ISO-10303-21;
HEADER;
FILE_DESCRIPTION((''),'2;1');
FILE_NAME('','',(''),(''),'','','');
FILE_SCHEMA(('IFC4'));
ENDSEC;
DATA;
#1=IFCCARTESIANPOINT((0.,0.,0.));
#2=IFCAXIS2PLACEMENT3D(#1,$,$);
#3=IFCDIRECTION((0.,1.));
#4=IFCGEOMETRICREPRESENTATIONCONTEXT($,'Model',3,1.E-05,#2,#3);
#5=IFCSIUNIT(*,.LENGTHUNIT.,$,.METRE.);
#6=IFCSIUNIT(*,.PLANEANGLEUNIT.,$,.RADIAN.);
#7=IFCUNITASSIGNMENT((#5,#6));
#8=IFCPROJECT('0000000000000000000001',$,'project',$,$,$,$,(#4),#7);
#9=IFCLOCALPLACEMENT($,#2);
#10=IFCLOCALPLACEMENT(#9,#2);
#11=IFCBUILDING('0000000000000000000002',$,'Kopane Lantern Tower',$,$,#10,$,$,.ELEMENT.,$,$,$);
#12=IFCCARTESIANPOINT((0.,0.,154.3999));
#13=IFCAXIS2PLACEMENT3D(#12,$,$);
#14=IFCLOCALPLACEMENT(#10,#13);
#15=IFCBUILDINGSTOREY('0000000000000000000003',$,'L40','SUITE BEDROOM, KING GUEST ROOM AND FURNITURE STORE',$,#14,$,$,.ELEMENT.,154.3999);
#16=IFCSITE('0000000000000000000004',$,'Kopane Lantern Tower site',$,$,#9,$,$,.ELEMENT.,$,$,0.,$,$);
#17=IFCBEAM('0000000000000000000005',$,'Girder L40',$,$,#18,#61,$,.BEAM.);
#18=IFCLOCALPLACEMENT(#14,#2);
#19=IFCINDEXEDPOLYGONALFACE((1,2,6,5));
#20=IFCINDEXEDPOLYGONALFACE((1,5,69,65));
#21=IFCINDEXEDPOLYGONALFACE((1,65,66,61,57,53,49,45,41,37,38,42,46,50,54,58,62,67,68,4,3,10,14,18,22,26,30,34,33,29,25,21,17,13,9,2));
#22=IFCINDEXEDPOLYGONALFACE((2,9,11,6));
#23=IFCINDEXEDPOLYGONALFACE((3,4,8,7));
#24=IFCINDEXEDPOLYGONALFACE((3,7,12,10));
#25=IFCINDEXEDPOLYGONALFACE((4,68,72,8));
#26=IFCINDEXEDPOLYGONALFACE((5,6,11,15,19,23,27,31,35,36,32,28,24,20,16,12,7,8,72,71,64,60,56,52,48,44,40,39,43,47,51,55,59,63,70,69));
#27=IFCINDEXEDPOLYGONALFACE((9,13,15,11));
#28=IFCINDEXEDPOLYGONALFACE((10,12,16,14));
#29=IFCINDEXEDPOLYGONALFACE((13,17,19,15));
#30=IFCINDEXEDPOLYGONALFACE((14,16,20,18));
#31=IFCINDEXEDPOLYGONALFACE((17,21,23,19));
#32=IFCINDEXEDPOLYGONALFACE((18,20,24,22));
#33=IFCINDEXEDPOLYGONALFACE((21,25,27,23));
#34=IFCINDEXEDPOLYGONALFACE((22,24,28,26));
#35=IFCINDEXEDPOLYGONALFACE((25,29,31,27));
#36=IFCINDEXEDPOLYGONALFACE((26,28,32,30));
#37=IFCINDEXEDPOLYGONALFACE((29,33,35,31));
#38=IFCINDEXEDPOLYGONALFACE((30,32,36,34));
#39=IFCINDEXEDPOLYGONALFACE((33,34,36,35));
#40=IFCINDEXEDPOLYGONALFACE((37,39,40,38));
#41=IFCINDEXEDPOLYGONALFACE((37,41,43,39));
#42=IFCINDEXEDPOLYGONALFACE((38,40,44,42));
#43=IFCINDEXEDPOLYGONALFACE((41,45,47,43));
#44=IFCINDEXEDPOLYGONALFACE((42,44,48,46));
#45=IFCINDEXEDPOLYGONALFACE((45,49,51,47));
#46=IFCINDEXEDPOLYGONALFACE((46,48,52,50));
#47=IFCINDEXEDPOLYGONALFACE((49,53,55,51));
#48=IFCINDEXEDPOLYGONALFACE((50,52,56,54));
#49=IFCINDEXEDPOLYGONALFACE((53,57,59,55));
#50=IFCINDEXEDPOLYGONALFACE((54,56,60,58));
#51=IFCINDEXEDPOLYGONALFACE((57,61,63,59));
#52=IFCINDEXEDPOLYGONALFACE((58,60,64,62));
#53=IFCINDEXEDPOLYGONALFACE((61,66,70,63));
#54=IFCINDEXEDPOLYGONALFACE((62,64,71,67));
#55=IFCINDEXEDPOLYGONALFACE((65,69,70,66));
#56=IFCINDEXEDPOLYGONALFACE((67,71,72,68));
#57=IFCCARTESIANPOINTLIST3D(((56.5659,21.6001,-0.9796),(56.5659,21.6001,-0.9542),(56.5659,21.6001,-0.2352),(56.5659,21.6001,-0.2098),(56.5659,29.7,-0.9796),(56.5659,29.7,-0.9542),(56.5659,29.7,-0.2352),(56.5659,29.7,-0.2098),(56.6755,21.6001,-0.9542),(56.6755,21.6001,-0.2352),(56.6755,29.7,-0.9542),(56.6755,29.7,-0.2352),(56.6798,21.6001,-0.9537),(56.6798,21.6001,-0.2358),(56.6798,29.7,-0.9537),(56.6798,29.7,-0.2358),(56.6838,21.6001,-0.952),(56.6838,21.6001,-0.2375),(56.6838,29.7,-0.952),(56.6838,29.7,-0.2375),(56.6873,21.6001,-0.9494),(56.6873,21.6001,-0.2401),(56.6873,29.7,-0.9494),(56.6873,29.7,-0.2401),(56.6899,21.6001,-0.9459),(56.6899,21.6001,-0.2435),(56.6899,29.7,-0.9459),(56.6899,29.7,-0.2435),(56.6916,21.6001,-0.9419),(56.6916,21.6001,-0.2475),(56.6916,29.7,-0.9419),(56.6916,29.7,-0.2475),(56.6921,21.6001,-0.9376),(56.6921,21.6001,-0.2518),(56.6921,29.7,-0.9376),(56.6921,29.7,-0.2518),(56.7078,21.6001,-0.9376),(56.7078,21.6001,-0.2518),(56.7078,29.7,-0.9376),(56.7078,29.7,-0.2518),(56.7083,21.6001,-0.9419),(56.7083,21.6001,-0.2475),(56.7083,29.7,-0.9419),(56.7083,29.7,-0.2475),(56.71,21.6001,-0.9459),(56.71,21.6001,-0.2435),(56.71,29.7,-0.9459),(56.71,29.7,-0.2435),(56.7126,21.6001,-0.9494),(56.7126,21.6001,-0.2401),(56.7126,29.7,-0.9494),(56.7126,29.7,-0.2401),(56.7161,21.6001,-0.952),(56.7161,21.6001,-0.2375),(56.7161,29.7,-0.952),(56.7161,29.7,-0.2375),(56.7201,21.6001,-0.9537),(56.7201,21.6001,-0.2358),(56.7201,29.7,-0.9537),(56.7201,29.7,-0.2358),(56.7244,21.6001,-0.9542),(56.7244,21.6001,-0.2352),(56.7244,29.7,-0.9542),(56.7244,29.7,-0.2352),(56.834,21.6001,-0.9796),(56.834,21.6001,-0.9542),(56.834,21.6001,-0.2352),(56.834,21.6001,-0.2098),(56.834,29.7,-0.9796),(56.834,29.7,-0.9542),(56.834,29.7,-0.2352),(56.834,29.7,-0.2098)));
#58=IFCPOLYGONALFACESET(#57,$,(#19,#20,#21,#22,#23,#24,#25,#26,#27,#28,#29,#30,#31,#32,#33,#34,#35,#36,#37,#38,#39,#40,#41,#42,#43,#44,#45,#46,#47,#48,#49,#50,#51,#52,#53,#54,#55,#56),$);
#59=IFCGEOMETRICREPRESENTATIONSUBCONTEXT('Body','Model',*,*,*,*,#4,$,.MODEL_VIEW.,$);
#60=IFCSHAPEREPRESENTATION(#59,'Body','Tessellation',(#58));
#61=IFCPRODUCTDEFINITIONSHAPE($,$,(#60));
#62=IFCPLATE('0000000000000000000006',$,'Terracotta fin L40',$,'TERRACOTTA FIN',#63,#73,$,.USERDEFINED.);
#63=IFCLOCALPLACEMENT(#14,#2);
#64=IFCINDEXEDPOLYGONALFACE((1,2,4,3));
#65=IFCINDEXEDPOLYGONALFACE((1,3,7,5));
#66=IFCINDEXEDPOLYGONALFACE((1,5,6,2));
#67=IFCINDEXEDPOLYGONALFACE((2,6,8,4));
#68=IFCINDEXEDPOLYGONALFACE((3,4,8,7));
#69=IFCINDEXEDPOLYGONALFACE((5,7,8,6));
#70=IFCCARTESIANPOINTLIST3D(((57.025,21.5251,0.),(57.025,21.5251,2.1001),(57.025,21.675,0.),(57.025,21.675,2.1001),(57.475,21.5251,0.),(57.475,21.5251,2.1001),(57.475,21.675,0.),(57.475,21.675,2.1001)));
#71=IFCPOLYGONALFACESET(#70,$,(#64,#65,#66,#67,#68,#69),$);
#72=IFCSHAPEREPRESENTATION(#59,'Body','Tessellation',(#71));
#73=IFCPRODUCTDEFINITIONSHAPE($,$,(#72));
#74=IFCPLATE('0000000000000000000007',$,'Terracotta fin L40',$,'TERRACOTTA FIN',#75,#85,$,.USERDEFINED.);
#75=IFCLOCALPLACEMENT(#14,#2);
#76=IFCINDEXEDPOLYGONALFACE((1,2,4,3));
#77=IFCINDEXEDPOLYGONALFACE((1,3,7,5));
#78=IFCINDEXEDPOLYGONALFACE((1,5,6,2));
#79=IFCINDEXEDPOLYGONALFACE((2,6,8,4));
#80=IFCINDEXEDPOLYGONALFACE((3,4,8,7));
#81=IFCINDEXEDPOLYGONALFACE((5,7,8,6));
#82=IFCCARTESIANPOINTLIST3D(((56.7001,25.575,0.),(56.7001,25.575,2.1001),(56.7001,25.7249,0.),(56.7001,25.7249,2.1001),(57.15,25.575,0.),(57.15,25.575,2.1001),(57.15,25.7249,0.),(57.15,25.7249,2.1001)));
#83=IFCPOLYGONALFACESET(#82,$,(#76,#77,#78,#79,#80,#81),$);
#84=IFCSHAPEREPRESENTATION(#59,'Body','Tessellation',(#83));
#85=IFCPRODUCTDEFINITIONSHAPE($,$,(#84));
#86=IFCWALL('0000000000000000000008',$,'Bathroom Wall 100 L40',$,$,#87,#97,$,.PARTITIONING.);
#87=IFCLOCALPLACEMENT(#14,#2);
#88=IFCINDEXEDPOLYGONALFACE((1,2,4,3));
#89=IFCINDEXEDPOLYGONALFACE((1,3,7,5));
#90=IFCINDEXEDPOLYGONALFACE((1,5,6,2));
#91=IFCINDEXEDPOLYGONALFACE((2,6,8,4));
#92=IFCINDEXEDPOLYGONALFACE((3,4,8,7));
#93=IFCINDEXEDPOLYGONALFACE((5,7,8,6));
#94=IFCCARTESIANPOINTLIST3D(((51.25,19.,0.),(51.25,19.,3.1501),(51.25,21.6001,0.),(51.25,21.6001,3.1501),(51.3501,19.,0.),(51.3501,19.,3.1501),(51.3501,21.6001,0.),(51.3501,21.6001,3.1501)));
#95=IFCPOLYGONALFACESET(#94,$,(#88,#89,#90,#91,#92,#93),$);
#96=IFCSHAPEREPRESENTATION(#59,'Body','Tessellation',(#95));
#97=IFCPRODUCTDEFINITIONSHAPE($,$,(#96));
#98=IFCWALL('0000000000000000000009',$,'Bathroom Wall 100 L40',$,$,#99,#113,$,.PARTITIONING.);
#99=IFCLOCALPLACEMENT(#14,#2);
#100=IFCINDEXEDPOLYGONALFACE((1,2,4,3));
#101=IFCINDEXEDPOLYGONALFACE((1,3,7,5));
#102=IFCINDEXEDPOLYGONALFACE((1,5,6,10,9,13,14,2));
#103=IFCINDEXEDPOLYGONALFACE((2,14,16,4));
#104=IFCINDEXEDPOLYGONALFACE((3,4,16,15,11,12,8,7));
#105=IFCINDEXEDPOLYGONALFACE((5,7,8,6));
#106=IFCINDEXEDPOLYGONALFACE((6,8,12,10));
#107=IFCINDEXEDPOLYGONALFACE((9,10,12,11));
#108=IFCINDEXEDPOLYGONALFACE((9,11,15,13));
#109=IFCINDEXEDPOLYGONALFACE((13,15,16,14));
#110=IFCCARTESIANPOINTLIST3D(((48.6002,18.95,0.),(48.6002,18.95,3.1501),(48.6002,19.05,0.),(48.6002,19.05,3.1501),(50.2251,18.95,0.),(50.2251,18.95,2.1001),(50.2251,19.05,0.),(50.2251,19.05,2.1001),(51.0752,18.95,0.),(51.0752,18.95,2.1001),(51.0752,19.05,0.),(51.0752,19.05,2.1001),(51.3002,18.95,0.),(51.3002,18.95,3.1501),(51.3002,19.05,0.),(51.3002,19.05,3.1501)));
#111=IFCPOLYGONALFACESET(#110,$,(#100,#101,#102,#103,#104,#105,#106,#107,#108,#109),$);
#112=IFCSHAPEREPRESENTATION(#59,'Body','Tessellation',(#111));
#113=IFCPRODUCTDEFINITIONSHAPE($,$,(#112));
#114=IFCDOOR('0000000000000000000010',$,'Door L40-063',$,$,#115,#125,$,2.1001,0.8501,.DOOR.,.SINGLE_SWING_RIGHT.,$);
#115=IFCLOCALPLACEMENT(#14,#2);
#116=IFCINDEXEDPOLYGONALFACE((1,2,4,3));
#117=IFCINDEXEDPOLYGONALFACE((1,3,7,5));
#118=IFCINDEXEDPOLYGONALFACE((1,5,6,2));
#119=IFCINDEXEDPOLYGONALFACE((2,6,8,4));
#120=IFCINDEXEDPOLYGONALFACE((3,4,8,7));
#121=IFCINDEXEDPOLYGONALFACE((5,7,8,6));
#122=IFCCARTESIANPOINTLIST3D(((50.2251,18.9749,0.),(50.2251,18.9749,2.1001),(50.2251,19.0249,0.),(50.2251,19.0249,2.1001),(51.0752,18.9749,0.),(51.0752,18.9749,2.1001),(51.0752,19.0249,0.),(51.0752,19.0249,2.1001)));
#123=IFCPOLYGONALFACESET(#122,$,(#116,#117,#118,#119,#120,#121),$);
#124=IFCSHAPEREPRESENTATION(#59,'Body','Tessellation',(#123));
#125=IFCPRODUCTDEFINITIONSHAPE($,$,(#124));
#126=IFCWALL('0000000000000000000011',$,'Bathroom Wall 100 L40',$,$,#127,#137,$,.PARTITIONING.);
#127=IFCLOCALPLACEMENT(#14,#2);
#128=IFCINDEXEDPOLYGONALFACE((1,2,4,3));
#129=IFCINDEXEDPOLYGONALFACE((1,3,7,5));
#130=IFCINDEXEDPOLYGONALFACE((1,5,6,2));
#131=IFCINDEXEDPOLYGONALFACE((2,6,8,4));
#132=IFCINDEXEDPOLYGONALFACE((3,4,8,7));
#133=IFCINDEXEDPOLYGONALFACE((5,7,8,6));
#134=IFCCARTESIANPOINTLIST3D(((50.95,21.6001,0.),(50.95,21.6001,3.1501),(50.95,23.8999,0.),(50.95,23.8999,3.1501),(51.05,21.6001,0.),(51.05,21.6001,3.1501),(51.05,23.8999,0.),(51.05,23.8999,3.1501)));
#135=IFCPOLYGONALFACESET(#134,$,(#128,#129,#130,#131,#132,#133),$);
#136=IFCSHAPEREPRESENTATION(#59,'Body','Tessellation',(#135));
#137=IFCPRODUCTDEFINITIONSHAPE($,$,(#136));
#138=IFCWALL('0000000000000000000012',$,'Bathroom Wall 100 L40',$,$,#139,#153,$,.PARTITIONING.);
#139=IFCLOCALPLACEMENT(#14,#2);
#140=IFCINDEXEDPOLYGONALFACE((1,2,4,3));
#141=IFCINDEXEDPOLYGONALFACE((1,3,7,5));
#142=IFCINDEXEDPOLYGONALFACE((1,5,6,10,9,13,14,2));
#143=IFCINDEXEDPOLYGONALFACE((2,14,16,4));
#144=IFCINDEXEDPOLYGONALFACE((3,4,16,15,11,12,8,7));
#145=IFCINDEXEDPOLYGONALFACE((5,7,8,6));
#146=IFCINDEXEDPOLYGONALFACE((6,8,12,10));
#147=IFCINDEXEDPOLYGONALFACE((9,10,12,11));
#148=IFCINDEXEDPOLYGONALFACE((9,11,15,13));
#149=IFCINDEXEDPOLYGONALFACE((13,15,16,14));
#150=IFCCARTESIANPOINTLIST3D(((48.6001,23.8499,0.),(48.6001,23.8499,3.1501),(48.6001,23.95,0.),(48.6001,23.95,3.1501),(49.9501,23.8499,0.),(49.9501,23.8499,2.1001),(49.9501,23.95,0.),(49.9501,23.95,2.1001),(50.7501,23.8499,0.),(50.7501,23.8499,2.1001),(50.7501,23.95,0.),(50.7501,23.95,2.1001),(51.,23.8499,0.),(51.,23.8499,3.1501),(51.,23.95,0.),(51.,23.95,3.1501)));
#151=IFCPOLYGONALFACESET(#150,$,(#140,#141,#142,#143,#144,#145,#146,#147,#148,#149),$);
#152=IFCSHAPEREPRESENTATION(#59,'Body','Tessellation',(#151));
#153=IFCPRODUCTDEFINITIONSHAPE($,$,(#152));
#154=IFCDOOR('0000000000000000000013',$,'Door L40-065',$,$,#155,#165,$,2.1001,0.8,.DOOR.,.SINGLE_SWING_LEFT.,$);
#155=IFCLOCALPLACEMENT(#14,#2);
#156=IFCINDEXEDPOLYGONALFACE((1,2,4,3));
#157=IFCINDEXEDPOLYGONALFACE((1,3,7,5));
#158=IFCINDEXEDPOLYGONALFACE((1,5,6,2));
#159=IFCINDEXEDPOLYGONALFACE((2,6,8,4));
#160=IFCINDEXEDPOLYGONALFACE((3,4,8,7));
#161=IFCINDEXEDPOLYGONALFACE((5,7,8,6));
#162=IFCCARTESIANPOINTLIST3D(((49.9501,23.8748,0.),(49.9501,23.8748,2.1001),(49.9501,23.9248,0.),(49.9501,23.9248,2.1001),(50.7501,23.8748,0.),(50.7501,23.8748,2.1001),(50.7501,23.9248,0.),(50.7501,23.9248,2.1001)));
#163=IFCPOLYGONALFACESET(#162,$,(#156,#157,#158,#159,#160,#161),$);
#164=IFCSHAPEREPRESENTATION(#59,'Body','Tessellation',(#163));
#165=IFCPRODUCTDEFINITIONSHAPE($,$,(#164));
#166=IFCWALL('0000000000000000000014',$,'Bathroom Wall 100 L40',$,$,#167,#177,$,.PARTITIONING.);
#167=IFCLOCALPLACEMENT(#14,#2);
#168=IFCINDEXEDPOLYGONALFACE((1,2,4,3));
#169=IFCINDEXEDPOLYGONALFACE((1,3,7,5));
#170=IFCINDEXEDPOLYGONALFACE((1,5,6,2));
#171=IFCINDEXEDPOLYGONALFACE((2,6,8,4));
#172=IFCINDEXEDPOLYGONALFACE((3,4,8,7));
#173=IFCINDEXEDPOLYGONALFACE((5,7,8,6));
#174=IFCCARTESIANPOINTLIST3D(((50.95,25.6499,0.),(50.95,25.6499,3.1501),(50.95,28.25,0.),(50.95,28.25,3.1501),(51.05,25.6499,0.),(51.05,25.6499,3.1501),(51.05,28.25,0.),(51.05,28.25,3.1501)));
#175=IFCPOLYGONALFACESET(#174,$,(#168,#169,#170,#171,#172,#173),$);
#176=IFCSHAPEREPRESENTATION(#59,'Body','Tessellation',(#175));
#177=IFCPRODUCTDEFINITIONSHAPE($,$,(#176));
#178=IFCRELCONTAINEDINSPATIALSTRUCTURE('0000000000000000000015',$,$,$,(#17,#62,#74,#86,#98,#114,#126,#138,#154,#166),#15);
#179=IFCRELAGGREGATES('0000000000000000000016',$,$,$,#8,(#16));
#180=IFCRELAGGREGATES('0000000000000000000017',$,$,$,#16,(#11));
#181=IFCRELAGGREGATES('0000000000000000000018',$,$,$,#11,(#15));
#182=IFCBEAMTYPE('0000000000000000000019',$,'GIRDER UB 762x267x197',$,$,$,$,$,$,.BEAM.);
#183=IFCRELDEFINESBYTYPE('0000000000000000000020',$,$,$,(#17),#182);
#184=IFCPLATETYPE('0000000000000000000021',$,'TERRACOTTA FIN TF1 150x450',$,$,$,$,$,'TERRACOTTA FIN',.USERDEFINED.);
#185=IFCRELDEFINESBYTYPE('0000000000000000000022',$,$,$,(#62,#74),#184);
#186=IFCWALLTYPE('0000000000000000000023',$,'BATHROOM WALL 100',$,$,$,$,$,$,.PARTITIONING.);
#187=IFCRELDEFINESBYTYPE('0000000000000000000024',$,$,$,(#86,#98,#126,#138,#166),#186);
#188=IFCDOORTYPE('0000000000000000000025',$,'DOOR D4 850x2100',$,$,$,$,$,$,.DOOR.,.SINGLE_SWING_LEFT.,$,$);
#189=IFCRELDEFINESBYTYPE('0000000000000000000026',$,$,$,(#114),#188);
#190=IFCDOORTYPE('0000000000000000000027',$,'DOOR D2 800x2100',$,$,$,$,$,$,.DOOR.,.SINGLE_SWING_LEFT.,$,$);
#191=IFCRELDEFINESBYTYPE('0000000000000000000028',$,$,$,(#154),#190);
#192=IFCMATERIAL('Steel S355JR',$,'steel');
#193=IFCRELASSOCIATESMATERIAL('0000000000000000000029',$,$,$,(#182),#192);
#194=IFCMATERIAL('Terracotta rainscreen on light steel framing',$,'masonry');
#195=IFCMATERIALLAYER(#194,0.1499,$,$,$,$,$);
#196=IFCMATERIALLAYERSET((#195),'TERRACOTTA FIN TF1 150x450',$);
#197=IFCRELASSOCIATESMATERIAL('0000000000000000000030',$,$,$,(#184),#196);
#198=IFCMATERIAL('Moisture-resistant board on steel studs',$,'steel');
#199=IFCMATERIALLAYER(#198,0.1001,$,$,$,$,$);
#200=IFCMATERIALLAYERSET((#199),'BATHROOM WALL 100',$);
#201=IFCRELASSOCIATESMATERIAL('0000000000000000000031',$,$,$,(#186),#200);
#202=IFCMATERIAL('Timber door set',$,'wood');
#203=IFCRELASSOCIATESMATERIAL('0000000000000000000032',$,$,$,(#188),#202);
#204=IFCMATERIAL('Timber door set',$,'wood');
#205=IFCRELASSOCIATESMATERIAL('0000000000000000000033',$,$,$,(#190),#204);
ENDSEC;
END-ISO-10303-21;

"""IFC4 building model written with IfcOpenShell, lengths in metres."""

from ifc_helpers import new_model, si_unit, direction, frame, frame_2d, origin, origin_2d, place, context, subcontext, project, spatial, rectangle, i_section, extrude, material, layer, layer_set, material_profile, profile_set, type_object, element, fill, save


model = new_model("IFC4")

# Units and contexts
model_context = context("Model", 3, precision=1e-05, world=origin(), true_north=direction((0.0, 1.0)))
body_context = subcontext(model_context, "Body", "Model", "MODEL_VIEW")
ifc_project = project(units=[si_unit("LENGTHUNIT", "METRE"), si_unit("PLANEANGLEUNIT", "RADIAN")], contexts=[model_context])

# Site, building, storey
site_placement = place(None, origin())
site = spatial("IfcSite", under=ifc_project, at=site_placement, Name="Kopane Lantern Tower site", CompositionType="ELEMENT", RefElevation=0.0)
building_placement = place(site_placement, origin())
building = spatial("IfcBuilding", under=site, at=building_placement, Name="Kopane Lantern Tower", CompositionType="ELEMENT")
storey_placement = place(building_placement, frame((0.0, 0.0, 154.3999)))
storey = spatial("IfcBuildingStorey", under=building, at=storey_placement, Name="L40", Description="SUITE BEDROOM, KING GUEST ROOM AND FURNITURE STORE", CompositionType="ELEMENT", Elevation=154.3999)

# Beam
ifc_material_1 = material(Name="Steel S355JR", Category="steel")
ifc_material_profile_1 = material_profile(ifc_material_1, i_section(OverallWidth=0.2681, OverallDepth=0.7698, WebThickness=0.0156, FlangeThickness=0.0254, FilletRadius=0.0166, at=origin_2d()), Name="UB 762x267x197")
ifc_profile_set_1 = profile_set([ifc_material_profile_1], Name="Steel S355JR")
beam_type_1 = type_object("IfcBeamType", Name="GIRDER UB 762x267x197", PredefinedType="BEAM", material=ifc_profile_set_1)
for number, where, z_axis, x_axis, name in (
    (1, (56.7, 21.6001, -0.5947), (0.0, 1.0, 0.0), (-1.0, 0.0, 0.0), "Girder L40"),
):
    element("IfcBeam", number, at=place(storey_placement, frame(where, z_axis=z_axis, x_axis=x_axis)), inside=storey, type_object=beam_type_1, Name=name, PredefinedType="BEAM", context=body_context, shape_type="SweptSolid", body=[
        extrude(i_section(OverallWidth=0.2681, OverallDepth=0.7698, WebThickness=0.0156, FlangeThickness=0.0254, FilletRadius=0.0166, at=origin_2d()), origin(), (0.0, 0.0, 1.0), 8.0999),
    ])

# Plates
ifc_material_2 = material(Name="Terracotta rainscreen on light steel framing", Category="masonry")
ifc_layer_1 = layer(ifc_material_2, 0.1499)
ifc_layer_set_1 = layer_set([ifc_layer_1], Name="TERRACOTTA FIN TF1 150x450")
plate_type = type_object("IfcPlateType", Name="TERRACOTTA FIN TF1 150x450", ElementType="TERRACOTTA FIN", PredefinedType="USERDEFINED", material=ifc_layer_set_1)
for number, where, z_axis, x_axis, name in (
    (2, (57.25, 21.6001, 0.0), (0.0, 0.0, 1.0), (0.0, 1.0, 0.0), "Terracotta fin L40"),
    (3, (56.925, 25.6499, 0.0), (0.0, 0.0, 1.0), (0.0, 1.0, 0.0), "Terracotta fin L40"),
):
    element("IfcPlate", number, at=place(storey_placement, frame(where, z_axis=z_axis, x_axis=x_axis)), inside=storey, type_object=plate_type, Name=name, ObjectType="TERRACOTTA FIN", PredefinedType="USERDEFINED", context=body_context, shape_type="SweptSolid", body=[
        extrude(rectangle(XDim=0.1499, YDim=0.45, at=origin_2d()), origin(), (0.0, 0.0, 1.0), 2.1001),
    ])

# Wall
ifc_material_3 = material(Name="Moisture-resistant board on steel studs", Category="steel")
ifc_layer_2 = layer(ifc_material_3, 0.1001)
ifc_layer_set_2 = layer_set([ifc_layer_2], Name="BATHROOM WALL 100")
wall_type_1 = type_object("IfcWallType", Name="BATHROOM WALL 100", PredefinedType="PARTITIONING", material=ifc_layer_set_2)
wall_1_placement = place(storey_placement, frame((51.3, 19.0, 0.0), z_axis=(0.0, 0.0, 1.0), x_axis=(0.0, 1.0, 0.0)))
element("IfcWall", 4, at=wall_1_placement, inside=storey, type_object=wall_type_1, Name="Bathroom Wall 100 L40", PredefinedType="PARTITIONING", context=body_context, shape_type="SweptSolid", body=[
    extrude(rectangle(XDim=2.6001, YDim=0.1001, at=frame_2d((1.3, 0.0))), origin(), (0.0, 0.0, 1.0), 3.1501),
])

# Wall, opening, door
wall_2_placement = place(storey_placement, frame((48.6001, 19.0, 0.0), z_axis=(0.0, 0.0, 1.0), x_axis=(1.0, 0.0, 0.0)))
wall_2 = element("IfcWall", 5, at=wall_2_placement, inside=storey, type_object=wall_type_1, Name="Bathroom Wall 100 L40", PredefinedType="PARTITIONING", context=body_context, shape_type="SweptSolid", body=[
    extrude(rectangle(XDim=2.7, YDim=0.1001, at=frame_2d((1.3501, 0.0))), origin(), (0.0, 0.0, 1.0), 3.1501),
])
opening_1_placement = place(wall_2_placement, frame((1.625, 0.0, 0.0)))
opening_1 = element("IfcOpeningElement", 6, at=opening_1_placement, cuts=wall_2, PredefinedType="OPENING", context=body_context, shape_type="SweptSolid", body=[
    extrude(rectangle(XDim=0.8501, YDim=2.1001, at=frame_2d((0.425, 1.05))), frame((0.0, 0.0601, 0.0), z_axis=(0.0, -1.0, 0.0), x_axis=(1.0, 0.0, 0.0)), (0.0, 0.0, 1.0), 0.1201),
])
ifc_material_4 = material(Name="Timber door set", Category="wood")
door_type_1 = type_object("IfcDoorType", Name="DOOR D4 850x2100", OperationType="SINGLE_SWING_LEFT", PredefinedType="DOOR", material=ifc_material_4)
door_1_placement = place(opening_1_placement, origin())
door_1 = element("IfcDoor", 7, at=door_1_placement, inside=storey, type_object=door_type_1, Name="Door L40-063", OperationType="SINGLE_SWING_RIGHT", OverallHeight=2.1001, OverallWidth=0.8501, PredefinedType="DOOR", context=body_context, shape_type="SweptSolid", body=[
    extrude(rectangle(XDim=0.8501, YDim=2.1001, at=frame_2d((0.425, 1.05))), frame((0.0, 0.0249, 0.0), z_axis=(0.0, -1.0, 0.0), x_axis=(1.0, 0.0, 0.0)), (0.0, 0.0, 1.0), 0.05),
])
fill(opening_1, door_1)

# Wall
wall_3_placement = place(storey_placement, frame((51.0, 21.6001, 0.0), z_axis=(0.0, 0.0, 1.0), x_axis=(0.0, 1.0, 0.0)))
element("IfcWall", 8, at=wall_3_placement, inside=storey, type_object=wall_type_1, Name="Bathroom Wall 100 L40", PredefinedType="PARTITIONING", context=body_context, shape_type="SweptSolid", body=[
    extrude(rectangle(XDim=2.2998, YDim=0.1001, at=frame_2d((1.1499, 0.0))), origin(), (0.0, 0.0, 1.0), 3.1501),
])

# Wall, opening, door
wall_4_placement = place(storey_placement, frame((48.6001, 23.8999, 0.0), z_axis=(0.0, 0.0, 1.0), x_axis=(1.0, 0.0, 0.0)))
wall_4 = element("IfcWall", 9, at=wall_4_placement, inside=storey, type_object=wall_type_1, Name="Bathroom Wall 100 L40", PredefinedType="PARTITIONING", context=body_context, shape_type="SweptSolid", body=[
    extrude(rectangle(XDim=2.3999, YDim=0.1001, at=frame_2d((1.2, 0.0))), origin(), (0.0, 0.0, 1.0), 3.1501),
])
opening_2_placement = place(wall_4_placement, frame((1.3501, 0.0, 0.0)))
opening_2 = element("IfcOpeningElement", 10, at=opening_2_placement, cuts=wall_4, PredefinedType="OPENING", context=body_context, shape_type="SweptSolid", body=[
    extrude(rectangle(XDim=0.8, YDim=2.1001, at=frame_2d((0.3999, 1.05))), frame((0.0, 0.0601, 0.0), z_axis=(0.0, -1.0, 0.0), x_axis=(1.0, 0.0, 0.0)), (0.0, 0.0, 1.0), 0.1201),
])
ifc_material_5 = material(Name="Timber door set", Category="wood")
door_type_2 = type_object("IfcDoorType", Name="DOOR D2 800x2100", OperationType="SINGLE_SWING_LEFT", PredefinedType="DOOR", material=ifc_material_5)
door_2_placement = place(opening_2_placement, origin())
door_2 = element("IfcDoor", 11, at=door_2_placement, inside=storey, type_object=door_type_2, Name="Door L40-065", OperationType="SINGLE_SWING_LEFT", OverallHeight=2.1001, OverallWidth=0.8, PredefinedType="DOOR", context=body_context, shape_type="SweptSolid", body=[
    extrude(rectangle(XDim=0.8, YDim=2.1001, at=frame_2d((0.3999, 1.05))), frame((0.0, 0.0249, 0.0), z_axis=(0.0, -1.0, 0.0), x_axis=(1.0, 0.0, 0.0)), (0.0, 0.0, 1.0), 0.05),
])
fill(opening_2, door_2)

# Wall
wall_5_placement = place(storey_placement, frame((51.0, 25.6499, 0.0), z_axis=(0.0, 0.0, 1.0), x_axis=(0.0, 1.0, 0.0)))
element("IfcWall", 12, at=wall_5_placement, inside=storey, type_object=wall_type_1, Name="Bathroom Wall 100 L40", PredefinedType="PARTITIONING", context=body_context, shape_type="SweptSolid", body=[
    extrude(rectangle(XDim=2.6001, YDim=0.1001, at=frame_2d((1.3, 0.0))), origin(), (0.0, 0.0, 1.0), 3.1501),
])

save(model, "model.ifc")
